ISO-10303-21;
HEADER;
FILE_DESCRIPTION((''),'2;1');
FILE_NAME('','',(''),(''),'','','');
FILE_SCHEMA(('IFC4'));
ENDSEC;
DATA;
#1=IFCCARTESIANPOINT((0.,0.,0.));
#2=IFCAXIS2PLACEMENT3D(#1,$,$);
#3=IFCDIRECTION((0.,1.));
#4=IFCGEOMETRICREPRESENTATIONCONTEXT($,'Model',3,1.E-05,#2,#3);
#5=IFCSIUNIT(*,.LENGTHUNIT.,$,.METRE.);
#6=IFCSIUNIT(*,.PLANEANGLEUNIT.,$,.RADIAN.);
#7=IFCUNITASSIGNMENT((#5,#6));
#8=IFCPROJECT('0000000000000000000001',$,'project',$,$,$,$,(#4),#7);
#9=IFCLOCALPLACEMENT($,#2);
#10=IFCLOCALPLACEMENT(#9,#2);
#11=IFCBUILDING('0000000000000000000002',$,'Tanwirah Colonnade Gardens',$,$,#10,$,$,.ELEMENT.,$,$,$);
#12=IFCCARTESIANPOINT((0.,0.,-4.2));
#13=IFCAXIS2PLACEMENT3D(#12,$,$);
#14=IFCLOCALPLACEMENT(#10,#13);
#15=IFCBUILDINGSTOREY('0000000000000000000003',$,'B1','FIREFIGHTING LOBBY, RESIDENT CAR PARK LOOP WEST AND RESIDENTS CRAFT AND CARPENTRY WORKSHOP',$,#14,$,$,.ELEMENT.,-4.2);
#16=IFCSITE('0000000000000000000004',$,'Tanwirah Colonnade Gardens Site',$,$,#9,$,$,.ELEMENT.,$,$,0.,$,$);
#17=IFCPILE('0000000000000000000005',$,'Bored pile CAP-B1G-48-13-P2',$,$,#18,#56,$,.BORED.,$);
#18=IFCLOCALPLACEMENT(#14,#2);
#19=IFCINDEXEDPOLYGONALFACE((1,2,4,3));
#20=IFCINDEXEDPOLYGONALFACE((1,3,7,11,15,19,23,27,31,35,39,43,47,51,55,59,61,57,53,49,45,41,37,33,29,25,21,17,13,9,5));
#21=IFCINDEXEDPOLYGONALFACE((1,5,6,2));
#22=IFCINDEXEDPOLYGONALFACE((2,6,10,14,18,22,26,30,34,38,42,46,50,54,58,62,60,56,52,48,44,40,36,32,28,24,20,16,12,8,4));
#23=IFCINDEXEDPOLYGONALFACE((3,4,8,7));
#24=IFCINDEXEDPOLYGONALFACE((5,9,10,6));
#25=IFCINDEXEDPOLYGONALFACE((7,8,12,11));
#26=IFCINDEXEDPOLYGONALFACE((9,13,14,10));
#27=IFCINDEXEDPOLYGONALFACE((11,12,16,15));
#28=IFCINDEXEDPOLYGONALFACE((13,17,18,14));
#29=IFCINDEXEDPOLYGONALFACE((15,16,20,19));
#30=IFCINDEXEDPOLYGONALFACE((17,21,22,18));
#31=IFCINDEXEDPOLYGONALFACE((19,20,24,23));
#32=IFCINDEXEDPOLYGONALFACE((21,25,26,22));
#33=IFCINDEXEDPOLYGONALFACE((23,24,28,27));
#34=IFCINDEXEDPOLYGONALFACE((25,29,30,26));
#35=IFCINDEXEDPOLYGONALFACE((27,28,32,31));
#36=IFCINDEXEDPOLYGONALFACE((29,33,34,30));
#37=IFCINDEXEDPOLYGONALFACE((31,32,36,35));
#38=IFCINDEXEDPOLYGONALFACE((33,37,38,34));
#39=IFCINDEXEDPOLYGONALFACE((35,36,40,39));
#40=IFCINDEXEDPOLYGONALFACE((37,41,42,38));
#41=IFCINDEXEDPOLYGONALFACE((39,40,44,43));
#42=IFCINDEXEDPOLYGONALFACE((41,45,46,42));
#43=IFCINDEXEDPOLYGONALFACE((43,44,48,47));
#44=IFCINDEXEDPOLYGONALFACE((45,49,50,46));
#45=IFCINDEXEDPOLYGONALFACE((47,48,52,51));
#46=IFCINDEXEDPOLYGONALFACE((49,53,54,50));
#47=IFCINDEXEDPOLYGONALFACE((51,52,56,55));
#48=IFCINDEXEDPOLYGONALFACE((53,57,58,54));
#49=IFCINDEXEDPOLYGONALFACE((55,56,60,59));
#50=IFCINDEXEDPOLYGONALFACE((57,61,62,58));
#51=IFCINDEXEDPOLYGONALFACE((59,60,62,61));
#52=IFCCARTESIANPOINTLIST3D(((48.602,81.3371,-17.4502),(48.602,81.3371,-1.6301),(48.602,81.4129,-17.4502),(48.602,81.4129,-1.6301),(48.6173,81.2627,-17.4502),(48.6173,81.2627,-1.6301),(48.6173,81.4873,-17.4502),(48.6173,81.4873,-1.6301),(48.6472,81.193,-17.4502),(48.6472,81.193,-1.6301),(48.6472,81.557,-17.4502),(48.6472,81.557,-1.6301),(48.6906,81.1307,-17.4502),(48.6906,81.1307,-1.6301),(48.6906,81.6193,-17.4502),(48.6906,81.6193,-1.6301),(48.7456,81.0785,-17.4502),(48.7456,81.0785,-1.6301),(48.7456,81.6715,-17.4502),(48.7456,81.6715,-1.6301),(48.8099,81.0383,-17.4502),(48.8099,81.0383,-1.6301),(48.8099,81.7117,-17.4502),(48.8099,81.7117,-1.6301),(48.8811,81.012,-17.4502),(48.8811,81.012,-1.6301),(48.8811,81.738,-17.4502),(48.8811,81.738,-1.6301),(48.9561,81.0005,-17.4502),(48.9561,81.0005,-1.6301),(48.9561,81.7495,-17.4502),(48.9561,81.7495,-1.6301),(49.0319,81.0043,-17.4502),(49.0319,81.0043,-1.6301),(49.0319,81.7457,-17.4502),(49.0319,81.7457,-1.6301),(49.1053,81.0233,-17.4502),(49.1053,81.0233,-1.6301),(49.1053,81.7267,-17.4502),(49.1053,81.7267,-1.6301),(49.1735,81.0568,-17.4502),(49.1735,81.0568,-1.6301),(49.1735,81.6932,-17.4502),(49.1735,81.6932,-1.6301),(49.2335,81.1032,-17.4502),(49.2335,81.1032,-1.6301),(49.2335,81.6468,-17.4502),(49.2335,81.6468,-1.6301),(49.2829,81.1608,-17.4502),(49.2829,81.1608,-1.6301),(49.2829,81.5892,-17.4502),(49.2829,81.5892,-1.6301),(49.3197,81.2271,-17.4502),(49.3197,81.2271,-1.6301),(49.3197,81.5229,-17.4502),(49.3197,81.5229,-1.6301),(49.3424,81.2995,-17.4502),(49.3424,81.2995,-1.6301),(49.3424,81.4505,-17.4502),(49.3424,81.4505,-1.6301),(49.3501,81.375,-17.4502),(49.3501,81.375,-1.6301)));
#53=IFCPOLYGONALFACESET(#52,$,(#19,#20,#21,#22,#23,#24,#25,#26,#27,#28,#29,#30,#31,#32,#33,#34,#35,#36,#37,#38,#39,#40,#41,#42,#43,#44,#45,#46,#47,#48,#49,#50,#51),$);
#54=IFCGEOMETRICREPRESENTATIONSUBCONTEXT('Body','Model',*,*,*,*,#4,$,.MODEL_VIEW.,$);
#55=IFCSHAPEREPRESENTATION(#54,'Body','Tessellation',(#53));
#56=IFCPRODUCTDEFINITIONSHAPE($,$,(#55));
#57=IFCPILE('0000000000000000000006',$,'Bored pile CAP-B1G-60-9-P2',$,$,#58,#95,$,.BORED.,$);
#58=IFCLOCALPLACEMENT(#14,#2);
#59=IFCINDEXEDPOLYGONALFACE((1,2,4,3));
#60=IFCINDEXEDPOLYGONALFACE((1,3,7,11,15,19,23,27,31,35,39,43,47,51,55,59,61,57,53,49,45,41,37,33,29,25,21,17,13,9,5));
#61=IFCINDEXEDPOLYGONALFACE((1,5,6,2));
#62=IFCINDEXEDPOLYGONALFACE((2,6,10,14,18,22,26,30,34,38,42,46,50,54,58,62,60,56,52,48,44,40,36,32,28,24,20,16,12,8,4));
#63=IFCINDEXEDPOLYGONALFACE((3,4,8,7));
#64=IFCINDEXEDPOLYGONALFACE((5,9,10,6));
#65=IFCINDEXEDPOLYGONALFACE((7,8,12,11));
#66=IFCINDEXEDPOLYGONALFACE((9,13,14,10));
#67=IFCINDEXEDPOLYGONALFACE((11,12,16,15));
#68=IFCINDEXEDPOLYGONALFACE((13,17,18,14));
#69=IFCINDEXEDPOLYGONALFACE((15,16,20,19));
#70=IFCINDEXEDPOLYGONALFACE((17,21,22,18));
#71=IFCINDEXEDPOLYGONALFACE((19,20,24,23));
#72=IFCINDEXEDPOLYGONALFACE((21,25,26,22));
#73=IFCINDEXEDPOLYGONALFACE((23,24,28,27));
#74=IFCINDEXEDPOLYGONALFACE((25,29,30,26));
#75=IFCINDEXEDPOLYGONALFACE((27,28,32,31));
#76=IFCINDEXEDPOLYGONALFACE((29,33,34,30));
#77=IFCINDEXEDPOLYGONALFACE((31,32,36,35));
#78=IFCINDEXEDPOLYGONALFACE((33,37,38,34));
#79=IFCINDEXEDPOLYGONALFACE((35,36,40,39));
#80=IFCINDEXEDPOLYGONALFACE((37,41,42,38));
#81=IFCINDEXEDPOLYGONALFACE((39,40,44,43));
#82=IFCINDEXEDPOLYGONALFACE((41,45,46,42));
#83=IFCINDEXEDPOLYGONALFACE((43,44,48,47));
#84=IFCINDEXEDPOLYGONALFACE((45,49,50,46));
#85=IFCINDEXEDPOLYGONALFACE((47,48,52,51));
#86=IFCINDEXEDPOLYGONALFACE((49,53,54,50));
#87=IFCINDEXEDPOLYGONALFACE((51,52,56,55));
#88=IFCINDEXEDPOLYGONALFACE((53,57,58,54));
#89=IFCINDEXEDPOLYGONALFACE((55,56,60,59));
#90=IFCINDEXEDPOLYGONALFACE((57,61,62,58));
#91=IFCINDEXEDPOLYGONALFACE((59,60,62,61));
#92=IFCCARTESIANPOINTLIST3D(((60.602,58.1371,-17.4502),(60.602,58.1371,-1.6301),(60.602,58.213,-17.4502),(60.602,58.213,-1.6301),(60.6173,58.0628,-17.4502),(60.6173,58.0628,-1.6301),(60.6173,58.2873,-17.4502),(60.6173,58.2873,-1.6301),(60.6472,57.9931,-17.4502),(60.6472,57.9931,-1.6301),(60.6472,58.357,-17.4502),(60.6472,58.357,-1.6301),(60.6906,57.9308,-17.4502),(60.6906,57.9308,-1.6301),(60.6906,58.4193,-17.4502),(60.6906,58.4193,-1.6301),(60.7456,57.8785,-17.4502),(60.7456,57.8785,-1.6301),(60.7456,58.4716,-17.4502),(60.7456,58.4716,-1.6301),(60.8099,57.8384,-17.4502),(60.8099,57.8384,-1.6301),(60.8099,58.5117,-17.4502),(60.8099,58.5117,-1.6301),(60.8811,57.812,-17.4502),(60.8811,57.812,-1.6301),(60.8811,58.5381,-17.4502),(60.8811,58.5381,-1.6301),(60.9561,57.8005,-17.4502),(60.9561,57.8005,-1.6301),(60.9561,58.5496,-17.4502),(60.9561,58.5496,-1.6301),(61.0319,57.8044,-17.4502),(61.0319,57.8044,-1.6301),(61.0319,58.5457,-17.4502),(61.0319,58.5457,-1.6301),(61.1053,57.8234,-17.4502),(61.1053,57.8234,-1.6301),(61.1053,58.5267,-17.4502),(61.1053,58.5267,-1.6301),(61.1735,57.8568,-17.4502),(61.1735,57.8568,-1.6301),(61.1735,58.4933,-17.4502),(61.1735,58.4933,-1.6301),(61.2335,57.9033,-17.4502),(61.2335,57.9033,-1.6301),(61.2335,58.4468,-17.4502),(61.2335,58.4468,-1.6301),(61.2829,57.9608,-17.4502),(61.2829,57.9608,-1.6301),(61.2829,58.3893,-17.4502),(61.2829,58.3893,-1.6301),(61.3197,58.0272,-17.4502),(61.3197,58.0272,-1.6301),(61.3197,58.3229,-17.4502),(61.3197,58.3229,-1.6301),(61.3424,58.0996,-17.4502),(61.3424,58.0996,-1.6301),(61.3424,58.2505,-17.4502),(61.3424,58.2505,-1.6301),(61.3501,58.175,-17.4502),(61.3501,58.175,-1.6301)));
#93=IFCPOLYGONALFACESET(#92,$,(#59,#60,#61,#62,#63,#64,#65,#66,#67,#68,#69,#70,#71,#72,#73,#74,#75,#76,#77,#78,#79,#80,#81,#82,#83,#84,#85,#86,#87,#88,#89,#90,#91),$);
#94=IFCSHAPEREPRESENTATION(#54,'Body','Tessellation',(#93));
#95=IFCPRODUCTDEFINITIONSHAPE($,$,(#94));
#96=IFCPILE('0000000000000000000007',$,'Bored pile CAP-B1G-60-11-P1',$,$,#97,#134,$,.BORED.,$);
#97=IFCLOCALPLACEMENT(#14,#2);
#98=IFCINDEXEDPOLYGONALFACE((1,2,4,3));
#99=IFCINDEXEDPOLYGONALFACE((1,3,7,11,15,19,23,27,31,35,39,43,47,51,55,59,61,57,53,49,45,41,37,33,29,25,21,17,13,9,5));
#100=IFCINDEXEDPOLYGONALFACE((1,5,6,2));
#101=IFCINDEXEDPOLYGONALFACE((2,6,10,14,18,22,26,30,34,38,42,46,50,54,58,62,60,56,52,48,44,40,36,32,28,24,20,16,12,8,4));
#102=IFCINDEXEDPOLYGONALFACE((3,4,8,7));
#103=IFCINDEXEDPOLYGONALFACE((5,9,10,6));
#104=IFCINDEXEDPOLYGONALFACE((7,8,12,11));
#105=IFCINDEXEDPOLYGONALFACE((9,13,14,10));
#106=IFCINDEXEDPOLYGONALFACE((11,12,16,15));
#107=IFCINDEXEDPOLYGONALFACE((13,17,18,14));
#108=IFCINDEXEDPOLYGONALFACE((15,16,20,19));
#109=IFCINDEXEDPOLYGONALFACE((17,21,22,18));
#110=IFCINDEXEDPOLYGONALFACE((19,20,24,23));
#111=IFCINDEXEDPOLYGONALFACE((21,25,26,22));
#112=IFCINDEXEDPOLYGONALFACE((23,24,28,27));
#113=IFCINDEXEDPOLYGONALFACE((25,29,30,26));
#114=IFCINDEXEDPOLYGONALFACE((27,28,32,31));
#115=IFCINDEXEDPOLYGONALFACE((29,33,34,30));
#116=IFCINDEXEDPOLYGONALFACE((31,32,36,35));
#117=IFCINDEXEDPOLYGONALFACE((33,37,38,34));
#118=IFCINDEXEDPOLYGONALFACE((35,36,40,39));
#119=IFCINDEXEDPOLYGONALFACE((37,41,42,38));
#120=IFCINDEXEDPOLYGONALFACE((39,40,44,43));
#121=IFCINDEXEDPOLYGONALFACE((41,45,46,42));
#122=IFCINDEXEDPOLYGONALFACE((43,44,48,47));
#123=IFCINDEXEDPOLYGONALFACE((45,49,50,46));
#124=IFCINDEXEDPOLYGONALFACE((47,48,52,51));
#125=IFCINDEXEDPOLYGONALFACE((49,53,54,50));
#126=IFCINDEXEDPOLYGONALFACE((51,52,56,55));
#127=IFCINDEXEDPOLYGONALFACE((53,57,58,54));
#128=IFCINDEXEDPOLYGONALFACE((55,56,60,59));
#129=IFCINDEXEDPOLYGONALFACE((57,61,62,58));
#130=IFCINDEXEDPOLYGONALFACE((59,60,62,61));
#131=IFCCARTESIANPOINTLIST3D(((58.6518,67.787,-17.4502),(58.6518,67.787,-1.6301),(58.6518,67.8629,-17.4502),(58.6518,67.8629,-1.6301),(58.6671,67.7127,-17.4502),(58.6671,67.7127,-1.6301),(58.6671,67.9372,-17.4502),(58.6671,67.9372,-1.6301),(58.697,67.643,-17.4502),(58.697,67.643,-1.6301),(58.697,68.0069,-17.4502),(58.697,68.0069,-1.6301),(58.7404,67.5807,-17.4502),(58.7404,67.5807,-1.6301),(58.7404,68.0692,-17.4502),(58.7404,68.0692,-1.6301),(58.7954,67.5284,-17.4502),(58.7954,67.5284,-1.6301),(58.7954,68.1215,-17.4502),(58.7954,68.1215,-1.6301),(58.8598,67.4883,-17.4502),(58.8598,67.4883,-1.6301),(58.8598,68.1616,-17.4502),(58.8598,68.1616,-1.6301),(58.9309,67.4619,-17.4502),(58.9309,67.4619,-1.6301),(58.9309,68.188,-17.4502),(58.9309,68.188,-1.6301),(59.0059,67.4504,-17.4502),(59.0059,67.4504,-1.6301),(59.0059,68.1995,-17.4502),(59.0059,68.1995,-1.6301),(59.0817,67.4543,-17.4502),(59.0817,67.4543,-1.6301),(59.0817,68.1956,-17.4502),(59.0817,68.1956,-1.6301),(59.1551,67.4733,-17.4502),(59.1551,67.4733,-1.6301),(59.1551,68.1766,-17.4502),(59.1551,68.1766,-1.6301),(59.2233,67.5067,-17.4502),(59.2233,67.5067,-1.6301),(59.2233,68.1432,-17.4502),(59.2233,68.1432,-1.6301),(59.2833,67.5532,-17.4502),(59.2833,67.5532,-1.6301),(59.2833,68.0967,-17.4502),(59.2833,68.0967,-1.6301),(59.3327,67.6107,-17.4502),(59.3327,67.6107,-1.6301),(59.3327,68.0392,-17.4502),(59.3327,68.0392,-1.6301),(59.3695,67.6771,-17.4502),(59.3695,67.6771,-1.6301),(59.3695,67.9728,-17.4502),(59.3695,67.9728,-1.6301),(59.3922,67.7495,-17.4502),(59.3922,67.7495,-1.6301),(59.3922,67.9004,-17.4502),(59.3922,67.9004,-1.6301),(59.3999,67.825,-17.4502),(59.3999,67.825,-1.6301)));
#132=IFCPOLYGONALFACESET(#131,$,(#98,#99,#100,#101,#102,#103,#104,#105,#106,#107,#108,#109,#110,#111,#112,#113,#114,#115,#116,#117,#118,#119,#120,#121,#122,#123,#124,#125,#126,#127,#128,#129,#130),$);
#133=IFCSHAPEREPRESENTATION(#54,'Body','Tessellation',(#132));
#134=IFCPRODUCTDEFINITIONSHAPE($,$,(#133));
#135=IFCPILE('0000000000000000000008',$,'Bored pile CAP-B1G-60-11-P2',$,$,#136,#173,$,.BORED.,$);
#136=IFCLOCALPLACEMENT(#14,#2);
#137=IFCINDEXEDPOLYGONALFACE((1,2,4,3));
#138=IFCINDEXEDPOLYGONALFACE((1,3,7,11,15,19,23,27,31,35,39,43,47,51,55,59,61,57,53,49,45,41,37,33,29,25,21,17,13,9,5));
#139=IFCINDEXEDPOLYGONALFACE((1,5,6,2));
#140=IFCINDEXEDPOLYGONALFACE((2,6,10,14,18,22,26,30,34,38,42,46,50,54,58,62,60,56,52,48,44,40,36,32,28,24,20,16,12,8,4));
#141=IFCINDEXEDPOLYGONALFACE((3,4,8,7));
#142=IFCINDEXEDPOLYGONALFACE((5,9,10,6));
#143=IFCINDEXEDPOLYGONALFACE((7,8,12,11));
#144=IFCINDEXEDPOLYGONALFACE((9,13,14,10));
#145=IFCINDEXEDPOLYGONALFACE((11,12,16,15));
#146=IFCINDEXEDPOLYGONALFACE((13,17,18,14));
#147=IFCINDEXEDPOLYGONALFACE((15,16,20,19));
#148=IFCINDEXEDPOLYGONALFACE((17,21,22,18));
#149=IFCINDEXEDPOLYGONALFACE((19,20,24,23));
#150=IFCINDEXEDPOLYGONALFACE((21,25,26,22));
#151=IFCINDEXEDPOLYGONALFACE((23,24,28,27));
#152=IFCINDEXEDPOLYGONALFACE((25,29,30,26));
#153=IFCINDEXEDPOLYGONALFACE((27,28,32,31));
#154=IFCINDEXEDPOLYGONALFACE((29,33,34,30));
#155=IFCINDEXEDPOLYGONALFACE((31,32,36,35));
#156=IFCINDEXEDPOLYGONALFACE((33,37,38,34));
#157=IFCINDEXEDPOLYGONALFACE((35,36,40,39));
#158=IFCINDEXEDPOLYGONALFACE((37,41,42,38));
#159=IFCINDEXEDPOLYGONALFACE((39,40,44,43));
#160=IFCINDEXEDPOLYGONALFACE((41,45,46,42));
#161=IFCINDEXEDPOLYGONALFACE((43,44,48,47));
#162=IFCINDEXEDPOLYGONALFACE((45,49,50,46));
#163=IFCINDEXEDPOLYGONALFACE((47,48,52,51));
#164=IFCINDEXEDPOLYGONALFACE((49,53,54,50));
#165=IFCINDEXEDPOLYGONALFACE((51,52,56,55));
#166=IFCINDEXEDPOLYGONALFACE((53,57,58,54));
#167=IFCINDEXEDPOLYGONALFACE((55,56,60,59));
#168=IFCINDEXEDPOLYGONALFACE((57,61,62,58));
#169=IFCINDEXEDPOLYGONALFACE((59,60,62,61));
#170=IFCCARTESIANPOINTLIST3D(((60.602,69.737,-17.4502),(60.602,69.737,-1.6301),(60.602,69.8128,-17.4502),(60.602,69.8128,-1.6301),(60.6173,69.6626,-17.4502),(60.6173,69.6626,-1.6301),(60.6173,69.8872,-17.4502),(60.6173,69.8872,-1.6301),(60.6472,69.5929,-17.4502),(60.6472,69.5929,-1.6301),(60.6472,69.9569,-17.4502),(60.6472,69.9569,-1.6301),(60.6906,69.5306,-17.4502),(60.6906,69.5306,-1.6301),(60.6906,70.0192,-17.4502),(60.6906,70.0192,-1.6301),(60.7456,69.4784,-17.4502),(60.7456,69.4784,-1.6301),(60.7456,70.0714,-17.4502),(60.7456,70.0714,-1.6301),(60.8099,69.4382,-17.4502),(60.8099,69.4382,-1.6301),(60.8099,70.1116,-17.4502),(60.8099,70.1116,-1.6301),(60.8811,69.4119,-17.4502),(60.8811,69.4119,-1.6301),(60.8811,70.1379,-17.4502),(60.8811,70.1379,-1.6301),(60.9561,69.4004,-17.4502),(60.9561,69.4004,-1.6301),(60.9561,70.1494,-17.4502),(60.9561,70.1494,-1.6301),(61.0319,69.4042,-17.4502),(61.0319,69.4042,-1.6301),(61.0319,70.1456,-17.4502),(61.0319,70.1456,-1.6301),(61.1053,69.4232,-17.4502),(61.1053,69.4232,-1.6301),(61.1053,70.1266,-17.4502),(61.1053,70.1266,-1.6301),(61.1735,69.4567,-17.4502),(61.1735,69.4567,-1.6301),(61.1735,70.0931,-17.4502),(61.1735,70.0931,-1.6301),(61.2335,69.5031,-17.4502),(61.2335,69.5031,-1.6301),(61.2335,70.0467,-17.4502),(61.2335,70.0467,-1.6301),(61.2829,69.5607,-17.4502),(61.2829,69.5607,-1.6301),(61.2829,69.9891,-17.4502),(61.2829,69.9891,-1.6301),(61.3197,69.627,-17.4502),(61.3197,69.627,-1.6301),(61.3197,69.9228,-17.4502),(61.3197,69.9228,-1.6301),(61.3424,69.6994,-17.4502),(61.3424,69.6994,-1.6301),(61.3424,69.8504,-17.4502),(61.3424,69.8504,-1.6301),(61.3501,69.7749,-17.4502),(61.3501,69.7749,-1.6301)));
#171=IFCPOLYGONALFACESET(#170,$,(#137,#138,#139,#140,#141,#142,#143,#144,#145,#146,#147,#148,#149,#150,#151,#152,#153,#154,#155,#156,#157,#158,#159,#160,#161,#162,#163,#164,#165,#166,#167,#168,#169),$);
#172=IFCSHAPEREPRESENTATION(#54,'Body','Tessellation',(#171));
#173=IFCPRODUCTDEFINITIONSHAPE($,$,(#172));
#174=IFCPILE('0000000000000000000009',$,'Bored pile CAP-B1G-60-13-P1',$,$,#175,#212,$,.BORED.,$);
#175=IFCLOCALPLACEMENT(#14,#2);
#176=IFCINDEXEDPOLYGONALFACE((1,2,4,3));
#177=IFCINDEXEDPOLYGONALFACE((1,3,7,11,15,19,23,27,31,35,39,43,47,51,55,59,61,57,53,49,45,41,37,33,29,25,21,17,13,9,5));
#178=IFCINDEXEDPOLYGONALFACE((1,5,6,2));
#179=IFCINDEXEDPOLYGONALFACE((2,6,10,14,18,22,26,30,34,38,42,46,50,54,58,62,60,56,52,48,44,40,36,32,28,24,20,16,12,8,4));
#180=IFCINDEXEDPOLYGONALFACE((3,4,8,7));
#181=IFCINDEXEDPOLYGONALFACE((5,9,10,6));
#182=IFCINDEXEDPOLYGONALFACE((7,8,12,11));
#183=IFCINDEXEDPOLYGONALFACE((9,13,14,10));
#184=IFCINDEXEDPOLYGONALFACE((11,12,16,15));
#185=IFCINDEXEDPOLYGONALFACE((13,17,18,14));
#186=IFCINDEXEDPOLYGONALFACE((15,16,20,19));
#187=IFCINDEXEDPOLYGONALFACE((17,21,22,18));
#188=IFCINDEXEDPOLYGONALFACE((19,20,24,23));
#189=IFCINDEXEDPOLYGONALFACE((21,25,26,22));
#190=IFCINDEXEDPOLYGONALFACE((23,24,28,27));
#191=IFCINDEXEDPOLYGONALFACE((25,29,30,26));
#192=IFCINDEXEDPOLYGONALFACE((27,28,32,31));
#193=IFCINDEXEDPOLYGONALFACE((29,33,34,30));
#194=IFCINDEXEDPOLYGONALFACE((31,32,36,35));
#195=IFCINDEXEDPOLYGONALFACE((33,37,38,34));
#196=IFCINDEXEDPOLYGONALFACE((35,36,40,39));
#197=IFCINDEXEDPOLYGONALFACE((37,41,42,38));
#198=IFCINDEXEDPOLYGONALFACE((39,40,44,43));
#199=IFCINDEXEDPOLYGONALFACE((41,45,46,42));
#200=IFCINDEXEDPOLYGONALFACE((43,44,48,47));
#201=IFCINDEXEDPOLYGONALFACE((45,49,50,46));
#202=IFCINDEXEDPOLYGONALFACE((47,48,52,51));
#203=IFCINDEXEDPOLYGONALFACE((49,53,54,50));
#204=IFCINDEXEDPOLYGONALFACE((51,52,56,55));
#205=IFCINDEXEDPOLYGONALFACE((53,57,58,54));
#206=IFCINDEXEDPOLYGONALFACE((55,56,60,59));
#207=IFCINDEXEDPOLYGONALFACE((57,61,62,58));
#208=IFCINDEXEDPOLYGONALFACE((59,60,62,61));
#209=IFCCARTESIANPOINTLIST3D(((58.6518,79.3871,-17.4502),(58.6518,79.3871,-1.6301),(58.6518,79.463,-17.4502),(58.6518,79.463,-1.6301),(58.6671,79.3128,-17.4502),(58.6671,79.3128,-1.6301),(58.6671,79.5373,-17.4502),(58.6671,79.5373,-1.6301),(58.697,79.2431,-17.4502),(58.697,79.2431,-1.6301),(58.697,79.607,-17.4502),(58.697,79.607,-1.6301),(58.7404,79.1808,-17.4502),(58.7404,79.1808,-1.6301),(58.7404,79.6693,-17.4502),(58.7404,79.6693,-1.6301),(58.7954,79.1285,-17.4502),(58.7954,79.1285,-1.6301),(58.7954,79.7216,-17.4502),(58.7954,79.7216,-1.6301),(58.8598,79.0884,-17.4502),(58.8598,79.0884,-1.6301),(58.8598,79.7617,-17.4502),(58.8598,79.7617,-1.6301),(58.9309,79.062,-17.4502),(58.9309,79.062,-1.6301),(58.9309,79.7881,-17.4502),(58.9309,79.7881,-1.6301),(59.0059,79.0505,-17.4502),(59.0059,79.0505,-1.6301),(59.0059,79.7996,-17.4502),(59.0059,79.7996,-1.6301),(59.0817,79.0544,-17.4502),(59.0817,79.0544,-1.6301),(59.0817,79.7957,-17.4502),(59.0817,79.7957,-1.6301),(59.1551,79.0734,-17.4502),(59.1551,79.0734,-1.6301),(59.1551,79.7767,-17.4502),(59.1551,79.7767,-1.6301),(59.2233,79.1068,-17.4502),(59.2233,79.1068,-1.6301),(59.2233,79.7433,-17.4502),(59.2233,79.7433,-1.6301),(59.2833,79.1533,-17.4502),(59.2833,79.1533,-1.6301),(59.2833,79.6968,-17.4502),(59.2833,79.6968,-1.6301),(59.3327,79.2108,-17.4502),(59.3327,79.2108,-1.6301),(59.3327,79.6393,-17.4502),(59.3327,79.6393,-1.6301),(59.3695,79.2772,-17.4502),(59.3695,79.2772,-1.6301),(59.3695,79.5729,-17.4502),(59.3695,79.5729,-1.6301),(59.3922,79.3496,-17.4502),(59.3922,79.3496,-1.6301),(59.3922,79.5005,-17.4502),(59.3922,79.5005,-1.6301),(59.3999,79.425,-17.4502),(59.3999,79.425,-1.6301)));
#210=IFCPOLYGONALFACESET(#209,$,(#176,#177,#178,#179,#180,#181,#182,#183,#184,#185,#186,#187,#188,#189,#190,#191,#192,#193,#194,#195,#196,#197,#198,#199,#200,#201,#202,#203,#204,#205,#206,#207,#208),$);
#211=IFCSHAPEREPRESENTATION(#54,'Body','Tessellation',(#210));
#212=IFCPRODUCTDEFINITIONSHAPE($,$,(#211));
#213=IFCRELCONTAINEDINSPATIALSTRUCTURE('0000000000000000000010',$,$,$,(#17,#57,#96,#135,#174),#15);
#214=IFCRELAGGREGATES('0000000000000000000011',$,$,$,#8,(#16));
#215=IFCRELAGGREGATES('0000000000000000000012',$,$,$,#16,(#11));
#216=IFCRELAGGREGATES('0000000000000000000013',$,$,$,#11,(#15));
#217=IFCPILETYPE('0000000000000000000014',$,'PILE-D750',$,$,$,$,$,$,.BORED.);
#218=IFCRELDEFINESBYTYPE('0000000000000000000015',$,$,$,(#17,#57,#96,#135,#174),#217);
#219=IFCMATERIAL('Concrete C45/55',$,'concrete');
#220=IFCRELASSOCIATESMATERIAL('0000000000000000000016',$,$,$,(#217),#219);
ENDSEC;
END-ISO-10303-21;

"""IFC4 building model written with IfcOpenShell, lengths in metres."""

from ifc_helpers import new_model, si_unit, direction, frame, origin, origin_2d, place, context, subcontext, project, spatial, circle, extrude, material, material_profile, profile_set, type_object, element, save


model = new_model("IFC4")

# Units and contexts
model_context = context("Model", 3, precision=1e-05, world=origin(), true_north=direction((0.0, 1.0)))
body_context = subcontext(model_context, "Body", "Model", "MODEL_VIEW")
ifc_project = project(units=[si_unit("LENGTHUNIT", "METRE"), si_unit("PLANEANGLEUNIT", "RADIAN")], contexts=[model_context])

# Site, building, storey
site_placement = place(None, origin())
site = spatial("IfcSite", under=ifc_project, at=site_placement, Name="Tanwirah Colonnade Gardens Site", CompositionType="ELEMENT", RefElevation=0.0)
building_placement = place(site_placement, origin())
building = spatial("IfcBuilding", under=site, at=building_placement, Name="Tanwirah Colonnade Gardens", CompositionType="ELEMENT")
storey_placement = place(building_placement, frame((0.0, 0.0, -4.2)))
storey = spatial("IfcBuildingStorey", under=building, at=storey_placement, Name="B1", Description="FIREFIGHTING LOBBY, RESIDENT CAR PARK LOOP WEST AND RESIDENTS CRAFT AND CARPENTRY WORKSHOP", CompositionType="ELEMENT", Elevation=-4.2)

# Shared definitions
ifc_material = material(Name="Concrete C45/55", Category="concrete")

# Piles
ifc_material_profile_1 = material_profile(ifc_material, circle(Radius=0.375, at=origin_2d()), Name="PILE D750")
ifc_profile_set_1 = profile_set([ifc_material_profile_1], Name="Concrete C45/55")
pile_type_1 = type_object("IfcPileType", Name="PILE-D750", PredefinedType="BORED", material=ifc_profile_set_1)
for number, where, z_axis, x_axis, name in (
    (1, (48.9751, 81.375, -1.6301), (0.0, 0.0, -1.0), (1.0, 0.0, 0.0), "Bored pile CAP-B1G-48-13-P2"),
    (2, (60.9751, 58.175, -1.6301), (0.0, 0.0, -1.0), (1.0, 0.0, 0.0), "Bored pile CAP-B1G-60-9-P2"),
    (3, (59.0249, 67.825, -1.6301), (0.0, 0.0, -1.0), (1.0, 0.0, 0.0), "Bored pile CAP-B1G-60-11-P1"),
    (4, (60.9751, 69.7749, -1.6301), (0.0, 0.0, -1.0), (1.0, 0.0, 0.0), "Bored pile CAP-B1G-60-11-P2"),
    (5, (59.0249, 79.425, -1.6301), (0.0, 0.0, -1.0), (1.0, 0.0, 0.0), "Bored pile CAP-B1G-60-13-P1"),
):
    element("IfcPile", number, at=place(storey_placement, frame(where, z_axis=z_axis, x_axis=x_axis)), inside=storey, type_object=pile_type_1, Name=name, PredefinedType="BORED", context=body_context, shape_type="SweptSolid", body=[
        extrude(circle(Radius=0.375, at=origin_2d()), origin(), (0.0, 0.0, 1.0), 15.8201),
    ])

save(model, "model.ifc")
